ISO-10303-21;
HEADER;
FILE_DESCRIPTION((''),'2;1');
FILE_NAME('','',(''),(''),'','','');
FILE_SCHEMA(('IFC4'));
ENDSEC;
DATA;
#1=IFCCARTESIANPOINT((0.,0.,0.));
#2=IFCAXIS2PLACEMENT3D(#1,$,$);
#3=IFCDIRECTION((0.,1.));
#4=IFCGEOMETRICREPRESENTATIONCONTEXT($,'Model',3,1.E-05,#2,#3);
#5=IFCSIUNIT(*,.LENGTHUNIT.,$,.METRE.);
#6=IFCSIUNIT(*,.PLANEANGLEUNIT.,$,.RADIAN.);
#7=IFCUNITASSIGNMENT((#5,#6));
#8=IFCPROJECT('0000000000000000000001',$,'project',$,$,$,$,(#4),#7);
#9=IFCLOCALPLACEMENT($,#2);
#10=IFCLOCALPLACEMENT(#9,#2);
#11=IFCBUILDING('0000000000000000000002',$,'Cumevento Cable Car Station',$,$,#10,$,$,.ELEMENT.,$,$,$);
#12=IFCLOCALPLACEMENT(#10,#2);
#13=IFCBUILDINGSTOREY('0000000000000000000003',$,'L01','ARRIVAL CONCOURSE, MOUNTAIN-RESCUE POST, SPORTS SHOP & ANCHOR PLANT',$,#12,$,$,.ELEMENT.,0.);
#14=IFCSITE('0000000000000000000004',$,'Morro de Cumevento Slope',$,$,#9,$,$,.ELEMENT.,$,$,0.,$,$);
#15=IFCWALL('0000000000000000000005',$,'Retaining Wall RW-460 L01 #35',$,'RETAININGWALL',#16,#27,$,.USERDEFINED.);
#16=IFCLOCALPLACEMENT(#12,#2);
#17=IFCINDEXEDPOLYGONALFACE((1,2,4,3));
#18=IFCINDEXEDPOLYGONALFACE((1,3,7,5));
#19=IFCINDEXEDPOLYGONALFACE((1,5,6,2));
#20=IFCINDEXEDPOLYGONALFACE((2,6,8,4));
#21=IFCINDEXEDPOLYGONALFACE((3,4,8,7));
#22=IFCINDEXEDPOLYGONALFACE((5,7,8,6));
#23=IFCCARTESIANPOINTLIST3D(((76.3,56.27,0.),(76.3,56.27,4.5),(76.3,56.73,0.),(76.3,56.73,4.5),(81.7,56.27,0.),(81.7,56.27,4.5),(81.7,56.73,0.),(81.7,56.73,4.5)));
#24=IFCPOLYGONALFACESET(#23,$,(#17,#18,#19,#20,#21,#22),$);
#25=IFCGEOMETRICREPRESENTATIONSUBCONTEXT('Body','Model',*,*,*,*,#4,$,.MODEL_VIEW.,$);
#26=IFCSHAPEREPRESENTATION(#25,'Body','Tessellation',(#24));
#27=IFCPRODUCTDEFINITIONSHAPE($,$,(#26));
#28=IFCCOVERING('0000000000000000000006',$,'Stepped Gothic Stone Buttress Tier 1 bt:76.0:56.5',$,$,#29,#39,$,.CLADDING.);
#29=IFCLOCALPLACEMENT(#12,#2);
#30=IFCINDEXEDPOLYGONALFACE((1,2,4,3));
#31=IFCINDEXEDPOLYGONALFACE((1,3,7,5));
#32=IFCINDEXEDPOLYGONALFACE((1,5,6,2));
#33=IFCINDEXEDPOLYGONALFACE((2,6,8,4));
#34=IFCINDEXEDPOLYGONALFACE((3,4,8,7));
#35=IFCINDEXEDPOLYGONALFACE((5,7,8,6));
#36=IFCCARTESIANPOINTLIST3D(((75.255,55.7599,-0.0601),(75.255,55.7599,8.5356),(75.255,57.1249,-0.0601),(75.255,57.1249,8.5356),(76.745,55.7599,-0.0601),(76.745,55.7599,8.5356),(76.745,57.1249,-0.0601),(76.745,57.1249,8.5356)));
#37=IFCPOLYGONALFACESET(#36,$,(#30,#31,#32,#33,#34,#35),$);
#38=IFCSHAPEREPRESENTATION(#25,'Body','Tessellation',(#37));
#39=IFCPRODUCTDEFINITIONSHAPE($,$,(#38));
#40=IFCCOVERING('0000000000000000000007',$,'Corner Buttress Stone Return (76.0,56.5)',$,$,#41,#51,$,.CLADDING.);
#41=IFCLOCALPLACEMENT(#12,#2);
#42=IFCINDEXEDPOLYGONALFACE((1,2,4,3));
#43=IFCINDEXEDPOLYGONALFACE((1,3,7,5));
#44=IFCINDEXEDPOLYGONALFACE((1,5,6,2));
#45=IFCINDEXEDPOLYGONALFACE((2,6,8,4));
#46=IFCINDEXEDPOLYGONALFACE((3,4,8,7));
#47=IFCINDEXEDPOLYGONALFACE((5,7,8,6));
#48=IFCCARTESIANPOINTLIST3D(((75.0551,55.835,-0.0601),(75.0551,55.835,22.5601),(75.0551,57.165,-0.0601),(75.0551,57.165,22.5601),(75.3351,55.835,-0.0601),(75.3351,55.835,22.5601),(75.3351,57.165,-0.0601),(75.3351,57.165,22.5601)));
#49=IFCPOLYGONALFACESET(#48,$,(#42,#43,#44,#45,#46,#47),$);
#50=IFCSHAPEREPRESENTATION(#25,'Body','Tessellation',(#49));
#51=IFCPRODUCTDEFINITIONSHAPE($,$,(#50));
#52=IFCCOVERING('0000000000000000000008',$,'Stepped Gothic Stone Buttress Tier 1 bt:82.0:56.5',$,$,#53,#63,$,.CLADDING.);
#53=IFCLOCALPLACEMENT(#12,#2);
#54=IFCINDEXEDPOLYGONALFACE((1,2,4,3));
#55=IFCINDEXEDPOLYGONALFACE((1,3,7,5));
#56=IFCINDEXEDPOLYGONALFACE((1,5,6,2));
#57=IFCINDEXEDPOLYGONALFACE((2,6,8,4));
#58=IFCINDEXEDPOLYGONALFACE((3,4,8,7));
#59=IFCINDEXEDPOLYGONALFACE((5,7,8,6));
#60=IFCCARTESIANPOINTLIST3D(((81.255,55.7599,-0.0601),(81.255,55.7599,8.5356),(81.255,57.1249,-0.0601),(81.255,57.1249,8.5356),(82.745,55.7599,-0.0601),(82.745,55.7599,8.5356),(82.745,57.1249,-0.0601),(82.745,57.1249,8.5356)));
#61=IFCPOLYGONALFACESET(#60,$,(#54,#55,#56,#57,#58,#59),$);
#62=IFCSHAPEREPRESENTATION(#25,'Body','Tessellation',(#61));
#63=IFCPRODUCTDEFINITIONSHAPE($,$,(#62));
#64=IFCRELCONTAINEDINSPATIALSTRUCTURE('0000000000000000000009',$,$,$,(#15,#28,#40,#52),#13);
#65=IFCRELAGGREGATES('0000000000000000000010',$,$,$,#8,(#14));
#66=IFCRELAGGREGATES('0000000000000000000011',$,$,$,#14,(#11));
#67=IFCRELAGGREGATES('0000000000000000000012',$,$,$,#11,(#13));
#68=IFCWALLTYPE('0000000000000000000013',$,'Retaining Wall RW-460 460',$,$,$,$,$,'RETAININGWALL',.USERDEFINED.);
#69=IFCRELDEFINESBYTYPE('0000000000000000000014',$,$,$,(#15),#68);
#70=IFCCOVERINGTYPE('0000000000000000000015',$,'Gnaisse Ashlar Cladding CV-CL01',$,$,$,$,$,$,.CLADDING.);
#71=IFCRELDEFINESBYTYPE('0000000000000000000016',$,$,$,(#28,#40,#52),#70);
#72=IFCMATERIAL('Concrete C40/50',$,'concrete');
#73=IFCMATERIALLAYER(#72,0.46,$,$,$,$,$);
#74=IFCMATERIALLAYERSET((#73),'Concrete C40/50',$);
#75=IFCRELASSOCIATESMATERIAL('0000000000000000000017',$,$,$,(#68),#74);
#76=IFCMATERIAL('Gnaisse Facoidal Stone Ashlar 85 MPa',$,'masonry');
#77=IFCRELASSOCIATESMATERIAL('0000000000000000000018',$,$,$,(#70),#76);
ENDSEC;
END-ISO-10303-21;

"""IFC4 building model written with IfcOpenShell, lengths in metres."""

from ifc_helpers import new_model, si_unit, direction, frame, frame_2d, origin, origin_2d, place, context, subcontext, project, spatial, rectangle, extrude, material, layer, layer_set, type_object, element, save


model = new_model("IFC4")

# Units and contexts
model_context = context("Model", 3, precision=1e-05, world=origin(), true_north=direction((0.0, 1.0)))
body_context = subcontext(model_context, "Body", "Model", "MODEL_VIEW")
ifc_project = project(units=[si_unit("LENGTHUNIT", "METRE"), si_unit("PLANEANGLEUNIT", "RADIAN")], contexts=[model_context])

# Site, building, storey
site_placement = place(None, origin())
site = spatial("IfcSite", under=ifc_project, at=site_placement, Name="Morro de Cumevento Slope", CompositionType="ELEMENT", RefElevation=0.0)
building_placement = place(site_placement, origin())
building = spatial("IfcBuilding", under=site, at=building_placement, Name="Cumevento Cable Car Station", CompositionType="ELEMENT")
storey_placement = place(building_placement, origin())
storey = spatial("IfcBuildingStorey", under=building, at=storey_placement, Name="L01", Description="ARRIVAL CONCOURSE, MOUNTAIN-RESCUE POST, SPORTS SHOP & ANCHOR PLANT", CompositionType="ELEMENT", Elevation=0.0)

# Wall
ifc_material_1 = material(Name="Concrete C40/50", Category="concrete")
ifc_layer = layer(ifc_material_1, 0.46)
ifc_layer_set = layer_set([ifc_layer], Name="Concrete C40/50")
wall_type = type_object("IfcWallType", Name="Retaining Wall RW-460 460", ElementType="RETAININGWALL", PredefinedType="USERDEFINED", material=ifc_layer_set)
wall_placement = place(storey_placement, frame((76.3, 56.5, 0.0), z_axis=(0.0, 0.0, 1.0), x_axis=(1.0, 0.0, 0.0)))
element("IfcWall", 1, at=wall_placement, inside=storey, type_object=wall_type, Name="Retaining Wall RW-460 L01 #35", ObjectType="RETAININGWALL", PredefinedType="USERDEFINED", context=body_context, shape_type="SweptSolid", body=[
    extrude(rectangle(XDim=5.3999, YDim=0.46, at=frame_2d((2.7, 0.0))), origin(), (0.0, 0.0, 1.0), 4.5),
])

# Coverings
ifc_material_2 = material(Name="Gnaisse Facoidal Stone Ashlar 85 MPa", Category="masonry")
covering_type = type_object("IfcCoveringType", Name="Gnaisse Ashlar Cladding CV-CL01", PredefinedType="CLADDING", material=ifc_material_2)
covering_1_placement = place(storey_placement, frame((76.0, 56.4424, -0.0601), z_axis=(0.0, 0.0, 1.0), x_axis=(1.0, 0.0, 0.0)))
element("IfcCovering", 2, at=covering_1_placement, inside=storey, type_object=covering_type, Name="Stepped Gothic Stone Buttress Tier 1 bt:76.0:56.5", PredefinedType="CLADDING", context=body_context, shape_type="SweptSolid", body=[
    extrude(rectangle(XDim=1.49, YDim=1.365, at=origin_2d()), origin(), (0.0, 0.0, 1.0), 8.5957),
])
covering_2_placement = place(storey_placement, frame((75.1951, 56.5, -0.0601), z_axis=(0.0, 0.0, 1.0), x_axis=(1.0, 0.0, 0.0)))
element("IfcCovering", 3, at=covering_2_placement, inside=storey, type_object=covering_type, Name="Corner Buttress Stone Return (76.0,56.5)", PredefinedType="CLADDING", context=body_context, shape_type="SweptSolid", body=[
    extrude(rectangle(XDim=0.28, YDim=1.3301, at=origin_2d()), origin(), (0.0, 0.0, 1.0), 22.6201),
])
covering_3_placement = place(storey_placement, frame((82.0, 56.4424, -0.0601), z_axis=(0.0, 0.0, 1.0), x_axis=(1.0, 0.0, 0.0)))
element("IfcCovering", 4, at=covering_3_placement, inside=storey, type_object=covering_type, Name="Stepped Gothic Stone Buttress Tier 1 bt:82.0:56.5", PredefinedType="CLADDING", context=body_context, shape_type="SweptSolid", body=[
    extrude(rectangle(XDim=1.49, YDim=1.365, at=origin_2d()), origin(), (0.0, 0.0, 1.0), 8.5957),
])

save(model, "model.ifc")
